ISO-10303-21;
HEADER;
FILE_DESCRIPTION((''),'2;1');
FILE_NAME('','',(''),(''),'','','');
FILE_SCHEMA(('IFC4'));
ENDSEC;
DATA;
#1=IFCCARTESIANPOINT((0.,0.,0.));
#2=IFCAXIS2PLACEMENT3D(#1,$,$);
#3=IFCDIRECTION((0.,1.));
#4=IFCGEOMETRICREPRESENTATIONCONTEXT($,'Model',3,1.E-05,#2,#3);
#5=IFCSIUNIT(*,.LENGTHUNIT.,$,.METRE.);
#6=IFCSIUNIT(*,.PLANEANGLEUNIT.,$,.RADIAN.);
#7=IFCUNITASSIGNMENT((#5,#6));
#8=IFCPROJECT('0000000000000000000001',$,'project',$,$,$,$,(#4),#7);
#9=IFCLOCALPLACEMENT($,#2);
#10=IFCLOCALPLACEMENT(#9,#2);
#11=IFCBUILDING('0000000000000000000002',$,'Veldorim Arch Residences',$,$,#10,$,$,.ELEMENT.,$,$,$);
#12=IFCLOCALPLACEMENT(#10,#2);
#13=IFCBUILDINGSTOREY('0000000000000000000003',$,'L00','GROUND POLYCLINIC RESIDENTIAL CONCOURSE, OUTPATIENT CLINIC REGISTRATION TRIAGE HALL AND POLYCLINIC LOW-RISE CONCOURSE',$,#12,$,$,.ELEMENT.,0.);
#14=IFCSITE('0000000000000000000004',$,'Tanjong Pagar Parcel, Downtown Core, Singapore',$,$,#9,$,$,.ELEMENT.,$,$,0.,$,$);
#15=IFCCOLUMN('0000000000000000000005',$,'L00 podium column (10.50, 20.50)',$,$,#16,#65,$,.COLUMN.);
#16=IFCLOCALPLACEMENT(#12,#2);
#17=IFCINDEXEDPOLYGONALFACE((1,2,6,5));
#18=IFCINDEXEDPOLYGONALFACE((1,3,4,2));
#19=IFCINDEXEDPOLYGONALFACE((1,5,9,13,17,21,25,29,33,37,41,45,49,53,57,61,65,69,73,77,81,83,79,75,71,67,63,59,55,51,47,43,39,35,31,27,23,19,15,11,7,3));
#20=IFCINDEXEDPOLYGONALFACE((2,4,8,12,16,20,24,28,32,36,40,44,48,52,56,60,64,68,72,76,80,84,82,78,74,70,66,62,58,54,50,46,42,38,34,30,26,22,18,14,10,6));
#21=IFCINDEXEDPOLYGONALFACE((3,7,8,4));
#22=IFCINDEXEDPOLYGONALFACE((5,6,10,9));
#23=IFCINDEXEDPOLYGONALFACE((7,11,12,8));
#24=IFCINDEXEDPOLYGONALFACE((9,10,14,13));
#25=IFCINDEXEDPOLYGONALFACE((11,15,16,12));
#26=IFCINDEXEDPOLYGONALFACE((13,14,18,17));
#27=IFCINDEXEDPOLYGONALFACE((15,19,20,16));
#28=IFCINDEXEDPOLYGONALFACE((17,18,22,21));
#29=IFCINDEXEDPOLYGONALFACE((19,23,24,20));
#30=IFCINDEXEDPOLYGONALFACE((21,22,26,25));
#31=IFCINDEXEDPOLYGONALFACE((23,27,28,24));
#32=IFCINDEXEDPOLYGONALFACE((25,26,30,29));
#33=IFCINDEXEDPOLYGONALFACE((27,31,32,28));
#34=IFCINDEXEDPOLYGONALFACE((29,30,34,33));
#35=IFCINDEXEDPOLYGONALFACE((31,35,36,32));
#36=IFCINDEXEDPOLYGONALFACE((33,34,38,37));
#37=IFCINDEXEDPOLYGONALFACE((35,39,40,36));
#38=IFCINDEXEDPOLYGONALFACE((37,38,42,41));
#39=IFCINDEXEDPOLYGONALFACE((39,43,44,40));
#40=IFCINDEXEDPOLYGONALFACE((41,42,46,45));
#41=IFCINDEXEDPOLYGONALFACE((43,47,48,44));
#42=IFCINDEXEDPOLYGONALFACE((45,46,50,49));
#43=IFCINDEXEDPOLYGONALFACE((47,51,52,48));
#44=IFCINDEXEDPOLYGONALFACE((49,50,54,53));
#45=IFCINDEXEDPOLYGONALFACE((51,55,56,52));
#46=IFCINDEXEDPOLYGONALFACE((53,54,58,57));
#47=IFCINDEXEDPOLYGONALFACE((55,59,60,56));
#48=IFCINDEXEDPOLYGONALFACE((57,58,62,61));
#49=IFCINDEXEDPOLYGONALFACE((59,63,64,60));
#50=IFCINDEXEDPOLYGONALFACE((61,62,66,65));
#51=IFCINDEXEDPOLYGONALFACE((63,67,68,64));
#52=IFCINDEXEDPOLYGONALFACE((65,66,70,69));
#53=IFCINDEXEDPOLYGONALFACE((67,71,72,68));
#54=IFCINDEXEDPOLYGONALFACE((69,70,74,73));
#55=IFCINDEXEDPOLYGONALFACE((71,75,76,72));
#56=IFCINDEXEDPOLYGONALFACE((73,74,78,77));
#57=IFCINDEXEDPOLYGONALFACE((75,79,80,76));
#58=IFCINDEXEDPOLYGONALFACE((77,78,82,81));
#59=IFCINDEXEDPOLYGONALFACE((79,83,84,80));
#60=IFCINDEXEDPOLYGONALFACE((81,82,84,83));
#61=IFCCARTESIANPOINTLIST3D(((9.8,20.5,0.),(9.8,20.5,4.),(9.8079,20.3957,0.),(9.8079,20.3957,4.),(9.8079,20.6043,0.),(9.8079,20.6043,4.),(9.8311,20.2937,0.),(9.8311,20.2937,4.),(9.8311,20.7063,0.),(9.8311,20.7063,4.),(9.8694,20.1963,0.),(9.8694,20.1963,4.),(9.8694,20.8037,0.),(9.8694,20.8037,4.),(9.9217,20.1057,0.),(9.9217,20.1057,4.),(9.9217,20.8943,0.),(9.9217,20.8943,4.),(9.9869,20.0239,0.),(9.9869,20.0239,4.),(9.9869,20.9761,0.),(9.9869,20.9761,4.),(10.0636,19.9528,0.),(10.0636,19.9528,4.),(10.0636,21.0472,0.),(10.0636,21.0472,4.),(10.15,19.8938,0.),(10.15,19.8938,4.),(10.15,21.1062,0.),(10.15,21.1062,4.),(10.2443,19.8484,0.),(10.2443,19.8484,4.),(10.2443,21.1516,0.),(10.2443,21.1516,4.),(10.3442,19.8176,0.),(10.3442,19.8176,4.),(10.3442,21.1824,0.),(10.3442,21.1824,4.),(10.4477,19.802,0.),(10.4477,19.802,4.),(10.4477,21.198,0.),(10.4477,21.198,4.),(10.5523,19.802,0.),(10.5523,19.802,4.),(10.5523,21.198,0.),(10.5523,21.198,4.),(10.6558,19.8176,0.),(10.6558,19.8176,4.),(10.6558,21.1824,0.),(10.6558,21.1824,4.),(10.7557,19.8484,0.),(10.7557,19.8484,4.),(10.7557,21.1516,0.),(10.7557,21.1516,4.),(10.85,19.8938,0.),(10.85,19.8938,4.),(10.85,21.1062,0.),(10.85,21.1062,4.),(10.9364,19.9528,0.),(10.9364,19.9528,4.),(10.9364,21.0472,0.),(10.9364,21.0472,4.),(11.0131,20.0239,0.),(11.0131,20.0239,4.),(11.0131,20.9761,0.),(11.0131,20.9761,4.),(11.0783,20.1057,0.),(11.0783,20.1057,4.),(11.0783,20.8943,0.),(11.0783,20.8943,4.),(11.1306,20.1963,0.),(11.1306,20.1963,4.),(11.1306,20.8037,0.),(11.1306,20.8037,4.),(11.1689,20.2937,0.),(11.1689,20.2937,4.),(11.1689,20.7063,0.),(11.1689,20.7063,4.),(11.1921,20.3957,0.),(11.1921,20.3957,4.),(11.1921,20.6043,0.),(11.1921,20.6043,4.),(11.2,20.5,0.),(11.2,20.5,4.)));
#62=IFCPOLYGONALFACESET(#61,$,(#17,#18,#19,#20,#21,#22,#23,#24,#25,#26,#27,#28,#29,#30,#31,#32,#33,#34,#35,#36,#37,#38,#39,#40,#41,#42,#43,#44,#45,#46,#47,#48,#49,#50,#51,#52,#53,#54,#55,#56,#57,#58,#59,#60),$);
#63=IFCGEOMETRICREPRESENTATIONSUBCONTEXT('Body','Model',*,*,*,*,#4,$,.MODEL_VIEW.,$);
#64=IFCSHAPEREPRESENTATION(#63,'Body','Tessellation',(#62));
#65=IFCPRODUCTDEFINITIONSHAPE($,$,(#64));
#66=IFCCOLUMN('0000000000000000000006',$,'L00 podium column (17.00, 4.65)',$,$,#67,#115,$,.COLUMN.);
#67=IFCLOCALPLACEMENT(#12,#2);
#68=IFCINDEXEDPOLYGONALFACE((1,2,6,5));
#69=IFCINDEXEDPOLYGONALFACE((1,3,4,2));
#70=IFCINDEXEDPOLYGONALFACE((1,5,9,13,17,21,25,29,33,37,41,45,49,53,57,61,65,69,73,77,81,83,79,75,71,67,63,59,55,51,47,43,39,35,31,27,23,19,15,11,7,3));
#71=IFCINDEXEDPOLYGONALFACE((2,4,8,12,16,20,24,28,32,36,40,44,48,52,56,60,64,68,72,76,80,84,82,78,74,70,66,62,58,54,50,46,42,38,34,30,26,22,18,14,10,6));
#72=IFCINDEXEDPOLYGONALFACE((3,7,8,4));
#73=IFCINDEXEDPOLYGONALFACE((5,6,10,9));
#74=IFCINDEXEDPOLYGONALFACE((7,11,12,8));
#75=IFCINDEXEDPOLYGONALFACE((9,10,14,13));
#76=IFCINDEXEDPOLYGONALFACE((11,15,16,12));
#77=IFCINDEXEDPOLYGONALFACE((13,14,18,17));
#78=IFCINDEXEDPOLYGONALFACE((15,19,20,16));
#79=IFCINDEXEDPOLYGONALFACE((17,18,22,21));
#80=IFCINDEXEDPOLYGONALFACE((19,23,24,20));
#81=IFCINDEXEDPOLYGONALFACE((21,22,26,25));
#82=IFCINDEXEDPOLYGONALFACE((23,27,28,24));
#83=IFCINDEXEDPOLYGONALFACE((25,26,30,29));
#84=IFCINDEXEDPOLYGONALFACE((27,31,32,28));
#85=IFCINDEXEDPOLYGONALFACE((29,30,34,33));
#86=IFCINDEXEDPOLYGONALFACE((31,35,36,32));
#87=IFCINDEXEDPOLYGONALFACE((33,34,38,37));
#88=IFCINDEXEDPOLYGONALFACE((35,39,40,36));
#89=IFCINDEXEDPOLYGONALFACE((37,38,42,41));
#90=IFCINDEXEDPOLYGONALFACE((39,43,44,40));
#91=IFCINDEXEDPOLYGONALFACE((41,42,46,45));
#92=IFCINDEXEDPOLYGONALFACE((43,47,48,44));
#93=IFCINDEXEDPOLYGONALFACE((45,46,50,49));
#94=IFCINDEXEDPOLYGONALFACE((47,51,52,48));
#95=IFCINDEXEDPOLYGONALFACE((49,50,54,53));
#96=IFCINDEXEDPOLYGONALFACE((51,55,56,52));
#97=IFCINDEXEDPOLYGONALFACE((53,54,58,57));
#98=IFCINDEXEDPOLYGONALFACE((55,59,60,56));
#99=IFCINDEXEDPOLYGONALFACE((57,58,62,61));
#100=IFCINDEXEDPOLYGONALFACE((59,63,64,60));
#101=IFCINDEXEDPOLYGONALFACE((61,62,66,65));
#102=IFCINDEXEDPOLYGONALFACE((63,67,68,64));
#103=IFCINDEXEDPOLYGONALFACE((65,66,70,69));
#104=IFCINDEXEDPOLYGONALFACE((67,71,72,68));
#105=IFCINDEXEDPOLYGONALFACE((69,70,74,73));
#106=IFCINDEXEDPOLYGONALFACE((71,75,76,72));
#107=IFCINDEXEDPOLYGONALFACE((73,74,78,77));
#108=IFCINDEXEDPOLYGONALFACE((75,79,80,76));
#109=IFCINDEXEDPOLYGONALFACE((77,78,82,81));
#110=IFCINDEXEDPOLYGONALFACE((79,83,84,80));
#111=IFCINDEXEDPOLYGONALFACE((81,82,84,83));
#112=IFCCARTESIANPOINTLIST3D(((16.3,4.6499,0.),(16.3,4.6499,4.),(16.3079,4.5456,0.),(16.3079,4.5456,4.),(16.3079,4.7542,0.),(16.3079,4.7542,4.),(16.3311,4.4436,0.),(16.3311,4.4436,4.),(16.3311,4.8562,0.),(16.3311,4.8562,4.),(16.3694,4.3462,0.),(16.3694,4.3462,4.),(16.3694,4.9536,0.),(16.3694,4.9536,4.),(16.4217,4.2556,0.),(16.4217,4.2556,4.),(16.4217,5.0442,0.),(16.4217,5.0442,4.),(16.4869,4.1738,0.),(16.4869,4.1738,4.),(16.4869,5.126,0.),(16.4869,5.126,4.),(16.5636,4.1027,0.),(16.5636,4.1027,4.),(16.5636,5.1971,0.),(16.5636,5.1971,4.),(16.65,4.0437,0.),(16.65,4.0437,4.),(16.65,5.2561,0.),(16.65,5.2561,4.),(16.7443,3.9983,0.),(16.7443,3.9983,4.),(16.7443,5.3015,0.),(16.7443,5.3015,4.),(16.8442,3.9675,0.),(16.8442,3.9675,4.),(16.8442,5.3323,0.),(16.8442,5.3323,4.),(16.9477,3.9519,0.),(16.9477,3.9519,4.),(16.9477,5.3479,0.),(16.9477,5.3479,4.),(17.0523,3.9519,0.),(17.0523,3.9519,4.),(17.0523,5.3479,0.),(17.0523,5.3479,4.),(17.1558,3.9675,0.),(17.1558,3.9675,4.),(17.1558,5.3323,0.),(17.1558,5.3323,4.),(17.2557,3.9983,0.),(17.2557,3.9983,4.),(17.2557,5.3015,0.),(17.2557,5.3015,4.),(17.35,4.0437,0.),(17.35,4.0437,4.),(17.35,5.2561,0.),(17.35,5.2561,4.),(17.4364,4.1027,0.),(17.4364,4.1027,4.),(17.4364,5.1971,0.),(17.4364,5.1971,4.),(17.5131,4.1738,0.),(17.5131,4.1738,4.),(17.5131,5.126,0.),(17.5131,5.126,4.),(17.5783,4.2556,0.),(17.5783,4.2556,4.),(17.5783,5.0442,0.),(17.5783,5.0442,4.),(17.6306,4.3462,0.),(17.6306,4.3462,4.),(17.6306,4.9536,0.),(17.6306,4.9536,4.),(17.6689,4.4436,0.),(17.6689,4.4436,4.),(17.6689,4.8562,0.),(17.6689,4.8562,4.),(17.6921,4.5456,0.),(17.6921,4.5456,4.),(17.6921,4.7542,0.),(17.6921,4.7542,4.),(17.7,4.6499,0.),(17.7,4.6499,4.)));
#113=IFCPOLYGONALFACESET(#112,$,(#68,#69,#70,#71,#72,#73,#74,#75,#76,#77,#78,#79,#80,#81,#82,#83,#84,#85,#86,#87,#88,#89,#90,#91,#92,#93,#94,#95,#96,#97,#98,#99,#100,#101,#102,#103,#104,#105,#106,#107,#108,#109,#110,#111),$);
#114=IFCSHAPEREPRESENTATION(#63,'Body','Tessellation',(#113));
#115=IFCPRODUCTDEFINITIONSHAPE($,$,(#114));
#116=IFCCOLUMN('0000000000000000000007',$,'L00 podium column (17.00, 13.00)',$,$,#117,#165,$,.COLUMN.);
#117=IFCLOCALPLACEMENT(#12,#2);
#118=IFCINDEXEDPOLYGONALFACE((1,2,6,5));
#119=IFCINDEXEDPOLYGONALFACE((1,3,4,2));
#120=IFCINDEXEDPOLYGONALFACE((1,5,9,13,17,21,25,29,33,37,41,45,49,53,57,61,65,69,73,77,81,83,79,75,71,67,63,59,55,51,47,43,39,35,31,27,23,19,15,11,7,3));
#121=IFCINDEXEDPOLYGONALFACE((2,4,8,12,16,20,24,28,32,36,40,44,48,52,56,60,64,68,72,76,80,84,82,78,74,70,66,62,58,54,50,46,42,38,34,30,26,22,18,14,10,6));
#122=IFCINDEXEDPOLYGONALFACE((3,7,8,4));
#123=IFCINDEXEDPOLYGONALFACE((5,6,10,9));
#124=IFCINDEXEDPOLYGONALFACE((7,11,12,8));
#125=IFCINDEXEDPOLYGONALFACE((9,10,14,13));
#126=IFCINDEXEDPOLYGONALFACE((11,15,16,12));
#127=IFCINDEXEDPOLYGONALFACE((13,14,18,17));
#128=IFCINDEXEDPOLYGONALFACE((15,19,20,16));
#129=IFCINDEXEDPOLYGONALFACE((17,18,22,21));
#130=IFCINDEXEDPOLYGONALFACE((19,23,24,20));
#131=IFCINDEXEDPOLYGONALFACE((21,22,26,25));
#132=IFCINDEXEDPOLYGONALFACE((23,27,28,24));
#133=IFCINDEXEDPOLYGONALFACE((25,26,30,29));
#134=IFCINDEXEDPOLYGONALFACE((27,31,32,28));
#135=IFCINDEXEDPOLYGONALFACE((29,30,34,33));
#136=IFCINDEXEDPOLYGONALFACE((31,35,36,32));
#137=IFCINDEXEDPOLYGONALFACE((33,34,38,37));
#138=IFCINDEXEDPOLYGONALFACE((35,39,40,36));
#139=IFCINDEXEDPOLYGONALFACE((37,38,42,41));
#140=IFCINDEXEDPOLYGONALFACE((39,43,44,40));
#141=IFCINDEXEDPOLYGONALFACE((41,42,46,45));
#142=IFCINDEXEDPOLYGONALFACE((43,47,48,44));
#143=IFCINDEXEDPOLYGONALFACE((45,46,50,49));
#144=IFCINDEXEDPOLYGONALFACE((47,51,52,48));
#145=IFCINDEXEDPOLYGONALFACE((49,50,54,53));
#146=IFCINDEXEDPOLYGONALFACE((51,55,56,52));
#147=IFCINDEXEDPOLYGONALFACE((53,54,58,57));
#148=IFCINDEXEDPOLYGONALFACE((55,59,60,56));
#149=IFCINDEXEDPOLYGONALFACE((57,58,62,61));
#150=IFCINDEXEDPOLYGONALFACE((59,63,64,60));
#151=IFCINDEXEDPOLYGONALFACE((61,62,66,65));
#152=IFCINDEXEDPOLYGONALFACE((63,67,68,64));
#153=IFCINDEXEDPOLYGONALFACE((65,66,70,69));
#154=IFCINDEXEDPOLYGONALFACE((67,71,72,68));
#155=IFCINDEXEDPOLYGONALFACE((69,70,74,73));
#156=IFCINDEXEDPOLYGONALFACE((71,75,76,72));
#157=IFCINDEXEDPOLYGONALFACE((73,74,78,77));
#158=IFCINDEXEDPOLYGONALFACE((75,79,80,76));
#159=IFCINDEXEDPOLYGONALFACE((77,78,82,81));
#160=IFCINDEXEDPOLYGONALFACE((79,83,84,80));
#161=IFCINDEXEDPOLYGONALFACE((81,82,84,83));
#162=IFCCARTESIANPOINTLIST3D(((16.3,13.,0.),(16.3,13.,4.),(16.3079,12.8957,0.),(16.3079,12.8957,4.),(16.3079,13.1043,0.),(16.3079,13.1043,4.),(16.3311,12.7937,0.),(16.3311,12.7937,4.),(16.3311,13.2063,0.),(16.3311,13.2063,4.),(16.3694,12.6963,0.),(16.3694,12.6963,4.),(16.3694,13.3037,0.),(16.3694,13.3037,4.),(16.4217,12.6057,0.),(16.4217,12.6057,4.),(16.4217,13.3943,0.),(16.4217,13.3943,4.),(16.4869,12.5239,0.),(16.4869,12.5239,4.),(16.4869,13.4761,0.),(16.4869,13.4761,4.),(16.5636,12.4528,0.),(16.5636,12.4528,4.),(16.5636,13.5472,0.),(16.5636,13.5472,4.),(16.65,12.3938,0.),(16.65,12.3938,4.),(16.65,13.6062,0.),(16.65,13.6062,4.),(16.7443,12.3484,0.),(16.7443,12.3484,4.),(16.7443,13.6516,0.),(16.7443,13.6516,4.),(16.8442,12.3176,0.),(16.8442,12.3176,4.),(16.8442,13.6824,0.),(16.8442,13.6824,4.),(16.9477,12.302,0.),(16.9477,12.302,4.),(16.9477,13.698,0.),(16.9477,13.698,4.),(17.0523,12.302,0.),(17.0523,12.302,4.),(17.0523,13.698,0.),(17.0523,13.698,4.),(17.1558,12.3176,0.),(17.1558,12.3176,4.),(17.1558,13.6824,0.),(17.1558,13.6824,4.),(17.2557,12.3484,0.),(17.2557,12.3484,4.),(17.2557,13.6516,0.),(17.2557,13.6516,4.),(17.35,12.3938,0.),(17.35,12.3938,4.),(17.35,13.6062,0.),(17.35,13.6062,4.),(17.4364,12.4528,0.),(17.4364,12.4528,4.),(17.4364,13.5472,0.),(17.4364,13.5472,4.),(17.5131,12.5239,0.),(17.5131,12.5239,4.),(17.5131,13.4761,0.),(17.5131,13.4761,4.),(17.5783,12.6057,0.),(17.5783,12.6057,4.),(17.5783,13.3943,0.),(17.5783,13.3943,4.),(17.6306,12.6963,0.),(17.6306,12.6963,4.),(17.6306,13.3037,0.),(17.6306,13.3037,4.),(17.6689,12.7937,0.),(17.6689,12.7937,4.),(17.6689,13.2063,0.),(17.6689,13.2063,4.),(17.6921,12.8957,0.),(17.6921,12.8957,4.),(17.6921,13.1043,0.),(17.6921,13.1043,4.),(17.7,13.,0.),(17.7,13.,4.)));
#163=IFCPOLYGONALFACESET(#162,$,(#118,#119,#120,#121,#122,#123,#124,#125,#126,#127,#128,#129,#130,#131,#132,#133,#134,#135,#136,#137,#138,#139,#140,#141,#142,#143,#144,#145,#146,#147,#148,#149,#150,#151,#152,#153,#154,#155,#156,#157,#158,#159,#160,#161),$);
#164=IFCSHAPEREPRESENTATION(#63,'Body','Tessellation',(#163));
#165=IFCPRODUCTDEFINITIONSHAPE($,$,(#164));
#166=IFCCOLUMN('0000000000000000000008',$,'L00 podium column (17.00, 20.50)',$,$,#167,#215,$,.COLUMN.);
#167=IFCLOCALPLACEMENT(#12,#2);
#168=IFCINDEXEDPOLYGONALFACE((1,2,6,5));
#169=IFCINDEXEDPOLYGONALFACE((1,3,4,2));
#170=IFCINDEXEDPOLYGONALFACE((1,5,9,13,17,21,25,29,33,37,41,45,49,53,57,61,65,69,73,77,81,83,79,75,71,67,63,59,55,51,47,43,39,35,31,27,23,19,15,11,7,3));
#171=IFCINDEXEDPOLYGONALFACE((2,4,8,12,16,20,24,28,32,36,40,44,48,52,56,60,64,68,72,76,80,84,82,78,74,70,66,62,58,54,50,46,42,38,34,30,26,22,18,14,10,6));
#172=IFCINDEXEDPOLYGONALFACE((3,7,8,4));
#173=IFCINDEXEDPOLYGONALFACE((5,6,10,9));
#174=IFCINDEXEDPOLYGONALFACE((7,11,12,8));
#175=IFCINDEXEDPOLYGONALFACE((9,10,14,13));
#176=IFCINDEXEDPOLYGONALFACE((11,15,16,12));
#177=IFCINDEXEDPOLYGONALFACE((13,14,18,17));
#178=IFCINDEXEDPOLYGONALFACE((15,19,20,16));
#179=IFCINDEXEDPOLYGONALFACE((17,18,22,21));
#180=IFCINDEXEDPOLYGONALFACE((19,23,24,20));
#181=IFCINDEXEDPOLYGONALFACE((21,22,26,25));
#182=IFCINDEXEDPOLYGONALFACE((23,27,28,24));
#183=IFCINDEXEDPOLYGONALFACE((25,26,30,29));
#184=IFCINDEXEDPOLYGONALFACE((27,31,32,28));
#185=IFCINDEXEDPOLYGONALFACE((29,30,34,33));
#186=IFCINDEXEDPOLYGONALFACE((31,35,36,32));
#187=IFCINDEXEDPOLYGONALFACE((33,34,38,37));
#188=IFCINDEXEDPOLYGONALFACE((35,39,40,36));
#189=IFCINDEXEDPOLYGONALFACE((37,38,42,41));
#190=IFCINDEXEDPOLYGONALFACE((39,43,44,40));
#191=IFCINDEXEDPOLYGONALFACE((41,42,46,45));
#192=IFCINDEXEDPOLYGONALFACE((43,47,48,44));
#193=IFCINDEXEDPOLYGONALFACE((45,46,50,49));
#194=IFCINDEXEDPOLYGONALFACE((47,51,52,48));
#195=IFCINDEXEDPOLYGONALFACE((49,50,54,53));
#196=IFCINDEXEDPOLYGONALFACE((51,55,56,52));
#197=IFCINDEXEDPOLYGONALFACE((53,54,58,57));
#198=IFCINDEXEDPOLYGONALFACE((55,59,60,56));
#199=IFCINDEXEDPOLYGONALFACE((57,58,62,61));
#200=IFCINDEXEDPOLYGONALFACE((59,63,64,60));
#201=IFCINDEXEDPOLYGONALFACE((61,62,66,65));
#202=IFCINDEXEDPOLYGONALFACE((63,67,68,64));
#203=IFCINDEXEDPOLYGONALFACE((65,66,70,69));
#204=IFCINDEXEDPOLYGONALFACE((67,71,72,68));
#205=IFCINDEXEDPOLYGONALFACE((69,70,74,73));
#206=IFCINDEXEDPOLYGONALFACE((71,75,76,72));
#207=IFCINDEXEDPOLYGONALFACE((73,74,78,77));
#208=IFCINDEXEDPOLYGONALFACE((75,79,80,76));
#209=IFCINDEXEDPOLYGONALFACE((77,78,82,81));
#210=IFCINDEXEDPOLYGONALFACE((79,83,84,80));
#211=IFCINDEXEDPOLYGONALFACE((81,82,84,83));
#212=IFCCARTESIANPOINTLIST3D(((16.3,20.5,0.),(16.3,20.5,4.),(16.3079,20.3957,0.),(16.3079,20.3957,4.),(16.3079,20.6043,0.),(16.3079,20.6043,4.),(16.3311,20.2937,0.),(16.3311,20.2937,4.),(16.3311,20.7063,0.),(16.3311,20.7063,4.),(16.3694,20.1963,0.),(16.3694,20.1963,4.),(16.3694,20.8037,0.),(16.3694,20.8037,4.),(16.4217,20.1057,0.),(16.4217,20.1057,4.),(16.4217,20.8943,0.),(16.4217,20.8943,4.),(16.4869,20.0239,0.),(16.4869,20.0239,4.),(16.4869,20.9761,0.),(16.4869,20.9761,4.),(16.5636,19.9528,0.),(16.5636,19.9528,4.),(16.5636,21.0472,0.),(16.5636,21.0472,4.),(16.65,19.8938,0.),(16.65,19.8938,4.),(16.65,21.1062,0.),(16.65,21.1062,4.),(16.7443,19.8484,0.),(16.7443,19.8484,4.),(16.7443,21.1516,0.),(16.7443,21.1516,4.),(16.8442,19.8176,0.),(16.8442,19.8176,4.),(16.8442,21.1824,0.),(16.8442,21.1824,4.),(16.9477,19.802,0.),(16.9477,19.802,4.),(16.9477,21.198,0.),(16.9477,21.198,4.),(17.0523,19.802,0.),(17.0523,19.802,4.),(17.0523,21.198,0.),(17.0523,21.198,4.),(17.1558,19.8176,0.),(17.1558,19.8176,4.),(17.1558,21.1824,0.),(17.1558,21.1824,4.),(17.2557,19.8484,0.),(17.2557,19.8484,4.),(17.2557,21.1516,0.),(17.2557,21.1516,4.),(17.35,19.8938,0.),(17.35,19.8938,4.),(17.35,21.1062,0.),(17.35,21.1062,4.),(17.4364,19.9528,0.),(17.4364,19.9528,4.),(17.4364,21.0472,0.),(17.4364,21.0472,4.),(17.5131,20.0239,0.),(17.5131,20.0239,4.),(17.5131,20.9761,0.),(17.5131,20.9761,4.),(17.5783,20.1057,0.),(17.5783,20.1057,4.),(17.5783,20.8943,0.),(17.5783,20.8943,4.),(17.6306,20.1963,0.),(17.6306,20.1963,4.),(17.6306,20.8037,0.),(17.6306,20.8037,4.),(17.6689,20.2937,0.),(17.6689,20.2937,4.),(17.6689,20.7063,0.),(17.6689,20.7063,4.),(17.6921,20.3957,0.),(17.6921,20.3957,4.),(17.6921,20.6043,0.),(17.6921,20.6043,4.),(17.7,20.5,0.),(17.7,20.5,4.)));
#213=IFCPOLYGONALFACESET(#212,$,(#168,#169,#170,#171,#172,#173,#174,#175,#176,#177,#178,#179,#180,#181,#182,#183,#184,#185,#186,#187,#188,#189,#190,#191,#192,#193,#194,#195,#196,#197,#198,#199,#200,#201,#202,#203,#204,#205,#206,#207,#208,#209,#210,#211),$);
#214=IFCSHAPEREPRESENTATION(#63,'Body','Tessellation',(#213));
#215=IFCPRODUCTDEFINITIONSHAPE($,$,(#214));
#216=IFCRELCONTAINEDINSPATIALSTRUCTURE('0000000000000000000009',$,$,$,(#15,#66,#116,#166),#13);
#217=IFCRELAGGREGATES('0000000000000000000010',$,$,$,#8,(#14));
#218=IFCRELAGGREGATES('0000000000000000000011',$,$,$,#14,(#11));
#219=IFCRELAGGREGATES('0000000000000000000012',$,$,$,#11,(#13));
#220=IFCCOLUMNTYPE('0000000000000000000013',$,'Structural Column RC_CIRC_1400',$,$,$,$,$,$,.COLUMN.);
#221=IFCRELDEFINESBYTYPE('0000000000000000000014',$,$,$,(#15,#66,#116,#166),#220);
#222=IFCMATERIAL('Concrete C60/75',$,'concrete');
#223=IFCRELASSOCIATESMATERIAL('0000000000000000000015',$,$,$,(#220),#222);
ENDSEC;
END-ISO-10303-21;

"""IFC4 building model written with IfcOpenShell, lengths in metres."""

from ifc_helpers import new_model, si_unit, direction, frame, origin, origin_2d, place, context, subcontext, project, spatial, circle, extrude, material, material_profile, profile_set, type_object, element, save


model = new_model("IFC4")

# Units and contexts
model_context = context("Model", 3, precision=1e-05, world=origin(), true_north=direction((0.0, 1.0)))
body_context = subcontext(model_context, "Body", "Model", "MODEL_VIEW")
ifc_project = project(units=[si_unit("LENGTHUNIT", "METRE"), si_unit("PLANEANGLEUNIT", "RADIAN")], contexts=[model_context])

# Site, building, storey
site_placement = place(None, origin())
site = spatial("IfcSite", under=ifc_project, at=site_placement, Name="Tanjong Pagar Parcel, Downtown Core, Singapore", CompositionType="ELEMENT", RefElevation=0.0)
building_placement = place(site_placement, origin())
building = spatial("IfcBuilding", under=site, at=building_placement, Name="Veldorim Arch Residences", CompositionType="ELEMENT")
storey_placement = place(building_placement, origin())
storey = spatial("IfcBuildingStorey", under=building, at=storey_placement, Name="L00", Description="GROUND POLYCLINIC RESIDENTIAL CONCOURSE, OUTPATIENT CLINIC REGISTRATION TRIAGE HALL AND POLYCLINIC LOW-RISE CONCOURSE", CompositionType="ELEMENT", Elevation=0.0)

# Columns
ifc_material_1 = material(Name="Concrete C60/75", Category="concrete")
ifc_material_profile_1 = material_profile(ifc_material_1, circle(Radius=0.7, at=origin_2d()), Name="RC_CIRC_1400")
ifc_profile_set_1 = profile_set([ifc_material_profile_1], Name="Concrete C60/75")
column_type = type_object("IfcColumnType", Name="Structural Column RC_CIRC_1400", PredefinedType="COLUMN", material=ifc_profile_set_1)
for number, where, z_axis, x_axis, name in (
    (1, (10.5, 20.5, 0.0), (0.0, 0.0, 1.0), (1.0, 0.0, 0.0), "L00 podium column (10.50, 20.50)"),
    (2, (17.0, 4.6499, 0.0), (0.0, 0.0, 1.0), (1.0, 0.0, 0.0), "L00 podium column (17.00, 4.65)"),
    (3, (17.0, 13.0, 0.0), (0.0, 0.0, 1.0), (1.0, 0.0, 0.0), "L00 podium column (17.00, 13.00)"),
    (4, (17.0, 20.5, 0.0), (0.0, 0.0, 1.0), (1.0, 0.0, 0.0), "L00 podium column (17.00, 20.50)"),
):
    element("IfcColumn", number, at=place(storey_placement, frame(where, z_axis=z_axis, x_axis=x_axis)), inside=storey, type_object=column_type, Name=name, PredefinedType="COLUMN", context=body_context, shape_type="SweptSolid", body=[
        extrude(circle(Radius=0.7, at=origin_2d()), origin(), (0.0, 0.0, 1.0), 4.0),
    ])

save(model, "model.ifc")
